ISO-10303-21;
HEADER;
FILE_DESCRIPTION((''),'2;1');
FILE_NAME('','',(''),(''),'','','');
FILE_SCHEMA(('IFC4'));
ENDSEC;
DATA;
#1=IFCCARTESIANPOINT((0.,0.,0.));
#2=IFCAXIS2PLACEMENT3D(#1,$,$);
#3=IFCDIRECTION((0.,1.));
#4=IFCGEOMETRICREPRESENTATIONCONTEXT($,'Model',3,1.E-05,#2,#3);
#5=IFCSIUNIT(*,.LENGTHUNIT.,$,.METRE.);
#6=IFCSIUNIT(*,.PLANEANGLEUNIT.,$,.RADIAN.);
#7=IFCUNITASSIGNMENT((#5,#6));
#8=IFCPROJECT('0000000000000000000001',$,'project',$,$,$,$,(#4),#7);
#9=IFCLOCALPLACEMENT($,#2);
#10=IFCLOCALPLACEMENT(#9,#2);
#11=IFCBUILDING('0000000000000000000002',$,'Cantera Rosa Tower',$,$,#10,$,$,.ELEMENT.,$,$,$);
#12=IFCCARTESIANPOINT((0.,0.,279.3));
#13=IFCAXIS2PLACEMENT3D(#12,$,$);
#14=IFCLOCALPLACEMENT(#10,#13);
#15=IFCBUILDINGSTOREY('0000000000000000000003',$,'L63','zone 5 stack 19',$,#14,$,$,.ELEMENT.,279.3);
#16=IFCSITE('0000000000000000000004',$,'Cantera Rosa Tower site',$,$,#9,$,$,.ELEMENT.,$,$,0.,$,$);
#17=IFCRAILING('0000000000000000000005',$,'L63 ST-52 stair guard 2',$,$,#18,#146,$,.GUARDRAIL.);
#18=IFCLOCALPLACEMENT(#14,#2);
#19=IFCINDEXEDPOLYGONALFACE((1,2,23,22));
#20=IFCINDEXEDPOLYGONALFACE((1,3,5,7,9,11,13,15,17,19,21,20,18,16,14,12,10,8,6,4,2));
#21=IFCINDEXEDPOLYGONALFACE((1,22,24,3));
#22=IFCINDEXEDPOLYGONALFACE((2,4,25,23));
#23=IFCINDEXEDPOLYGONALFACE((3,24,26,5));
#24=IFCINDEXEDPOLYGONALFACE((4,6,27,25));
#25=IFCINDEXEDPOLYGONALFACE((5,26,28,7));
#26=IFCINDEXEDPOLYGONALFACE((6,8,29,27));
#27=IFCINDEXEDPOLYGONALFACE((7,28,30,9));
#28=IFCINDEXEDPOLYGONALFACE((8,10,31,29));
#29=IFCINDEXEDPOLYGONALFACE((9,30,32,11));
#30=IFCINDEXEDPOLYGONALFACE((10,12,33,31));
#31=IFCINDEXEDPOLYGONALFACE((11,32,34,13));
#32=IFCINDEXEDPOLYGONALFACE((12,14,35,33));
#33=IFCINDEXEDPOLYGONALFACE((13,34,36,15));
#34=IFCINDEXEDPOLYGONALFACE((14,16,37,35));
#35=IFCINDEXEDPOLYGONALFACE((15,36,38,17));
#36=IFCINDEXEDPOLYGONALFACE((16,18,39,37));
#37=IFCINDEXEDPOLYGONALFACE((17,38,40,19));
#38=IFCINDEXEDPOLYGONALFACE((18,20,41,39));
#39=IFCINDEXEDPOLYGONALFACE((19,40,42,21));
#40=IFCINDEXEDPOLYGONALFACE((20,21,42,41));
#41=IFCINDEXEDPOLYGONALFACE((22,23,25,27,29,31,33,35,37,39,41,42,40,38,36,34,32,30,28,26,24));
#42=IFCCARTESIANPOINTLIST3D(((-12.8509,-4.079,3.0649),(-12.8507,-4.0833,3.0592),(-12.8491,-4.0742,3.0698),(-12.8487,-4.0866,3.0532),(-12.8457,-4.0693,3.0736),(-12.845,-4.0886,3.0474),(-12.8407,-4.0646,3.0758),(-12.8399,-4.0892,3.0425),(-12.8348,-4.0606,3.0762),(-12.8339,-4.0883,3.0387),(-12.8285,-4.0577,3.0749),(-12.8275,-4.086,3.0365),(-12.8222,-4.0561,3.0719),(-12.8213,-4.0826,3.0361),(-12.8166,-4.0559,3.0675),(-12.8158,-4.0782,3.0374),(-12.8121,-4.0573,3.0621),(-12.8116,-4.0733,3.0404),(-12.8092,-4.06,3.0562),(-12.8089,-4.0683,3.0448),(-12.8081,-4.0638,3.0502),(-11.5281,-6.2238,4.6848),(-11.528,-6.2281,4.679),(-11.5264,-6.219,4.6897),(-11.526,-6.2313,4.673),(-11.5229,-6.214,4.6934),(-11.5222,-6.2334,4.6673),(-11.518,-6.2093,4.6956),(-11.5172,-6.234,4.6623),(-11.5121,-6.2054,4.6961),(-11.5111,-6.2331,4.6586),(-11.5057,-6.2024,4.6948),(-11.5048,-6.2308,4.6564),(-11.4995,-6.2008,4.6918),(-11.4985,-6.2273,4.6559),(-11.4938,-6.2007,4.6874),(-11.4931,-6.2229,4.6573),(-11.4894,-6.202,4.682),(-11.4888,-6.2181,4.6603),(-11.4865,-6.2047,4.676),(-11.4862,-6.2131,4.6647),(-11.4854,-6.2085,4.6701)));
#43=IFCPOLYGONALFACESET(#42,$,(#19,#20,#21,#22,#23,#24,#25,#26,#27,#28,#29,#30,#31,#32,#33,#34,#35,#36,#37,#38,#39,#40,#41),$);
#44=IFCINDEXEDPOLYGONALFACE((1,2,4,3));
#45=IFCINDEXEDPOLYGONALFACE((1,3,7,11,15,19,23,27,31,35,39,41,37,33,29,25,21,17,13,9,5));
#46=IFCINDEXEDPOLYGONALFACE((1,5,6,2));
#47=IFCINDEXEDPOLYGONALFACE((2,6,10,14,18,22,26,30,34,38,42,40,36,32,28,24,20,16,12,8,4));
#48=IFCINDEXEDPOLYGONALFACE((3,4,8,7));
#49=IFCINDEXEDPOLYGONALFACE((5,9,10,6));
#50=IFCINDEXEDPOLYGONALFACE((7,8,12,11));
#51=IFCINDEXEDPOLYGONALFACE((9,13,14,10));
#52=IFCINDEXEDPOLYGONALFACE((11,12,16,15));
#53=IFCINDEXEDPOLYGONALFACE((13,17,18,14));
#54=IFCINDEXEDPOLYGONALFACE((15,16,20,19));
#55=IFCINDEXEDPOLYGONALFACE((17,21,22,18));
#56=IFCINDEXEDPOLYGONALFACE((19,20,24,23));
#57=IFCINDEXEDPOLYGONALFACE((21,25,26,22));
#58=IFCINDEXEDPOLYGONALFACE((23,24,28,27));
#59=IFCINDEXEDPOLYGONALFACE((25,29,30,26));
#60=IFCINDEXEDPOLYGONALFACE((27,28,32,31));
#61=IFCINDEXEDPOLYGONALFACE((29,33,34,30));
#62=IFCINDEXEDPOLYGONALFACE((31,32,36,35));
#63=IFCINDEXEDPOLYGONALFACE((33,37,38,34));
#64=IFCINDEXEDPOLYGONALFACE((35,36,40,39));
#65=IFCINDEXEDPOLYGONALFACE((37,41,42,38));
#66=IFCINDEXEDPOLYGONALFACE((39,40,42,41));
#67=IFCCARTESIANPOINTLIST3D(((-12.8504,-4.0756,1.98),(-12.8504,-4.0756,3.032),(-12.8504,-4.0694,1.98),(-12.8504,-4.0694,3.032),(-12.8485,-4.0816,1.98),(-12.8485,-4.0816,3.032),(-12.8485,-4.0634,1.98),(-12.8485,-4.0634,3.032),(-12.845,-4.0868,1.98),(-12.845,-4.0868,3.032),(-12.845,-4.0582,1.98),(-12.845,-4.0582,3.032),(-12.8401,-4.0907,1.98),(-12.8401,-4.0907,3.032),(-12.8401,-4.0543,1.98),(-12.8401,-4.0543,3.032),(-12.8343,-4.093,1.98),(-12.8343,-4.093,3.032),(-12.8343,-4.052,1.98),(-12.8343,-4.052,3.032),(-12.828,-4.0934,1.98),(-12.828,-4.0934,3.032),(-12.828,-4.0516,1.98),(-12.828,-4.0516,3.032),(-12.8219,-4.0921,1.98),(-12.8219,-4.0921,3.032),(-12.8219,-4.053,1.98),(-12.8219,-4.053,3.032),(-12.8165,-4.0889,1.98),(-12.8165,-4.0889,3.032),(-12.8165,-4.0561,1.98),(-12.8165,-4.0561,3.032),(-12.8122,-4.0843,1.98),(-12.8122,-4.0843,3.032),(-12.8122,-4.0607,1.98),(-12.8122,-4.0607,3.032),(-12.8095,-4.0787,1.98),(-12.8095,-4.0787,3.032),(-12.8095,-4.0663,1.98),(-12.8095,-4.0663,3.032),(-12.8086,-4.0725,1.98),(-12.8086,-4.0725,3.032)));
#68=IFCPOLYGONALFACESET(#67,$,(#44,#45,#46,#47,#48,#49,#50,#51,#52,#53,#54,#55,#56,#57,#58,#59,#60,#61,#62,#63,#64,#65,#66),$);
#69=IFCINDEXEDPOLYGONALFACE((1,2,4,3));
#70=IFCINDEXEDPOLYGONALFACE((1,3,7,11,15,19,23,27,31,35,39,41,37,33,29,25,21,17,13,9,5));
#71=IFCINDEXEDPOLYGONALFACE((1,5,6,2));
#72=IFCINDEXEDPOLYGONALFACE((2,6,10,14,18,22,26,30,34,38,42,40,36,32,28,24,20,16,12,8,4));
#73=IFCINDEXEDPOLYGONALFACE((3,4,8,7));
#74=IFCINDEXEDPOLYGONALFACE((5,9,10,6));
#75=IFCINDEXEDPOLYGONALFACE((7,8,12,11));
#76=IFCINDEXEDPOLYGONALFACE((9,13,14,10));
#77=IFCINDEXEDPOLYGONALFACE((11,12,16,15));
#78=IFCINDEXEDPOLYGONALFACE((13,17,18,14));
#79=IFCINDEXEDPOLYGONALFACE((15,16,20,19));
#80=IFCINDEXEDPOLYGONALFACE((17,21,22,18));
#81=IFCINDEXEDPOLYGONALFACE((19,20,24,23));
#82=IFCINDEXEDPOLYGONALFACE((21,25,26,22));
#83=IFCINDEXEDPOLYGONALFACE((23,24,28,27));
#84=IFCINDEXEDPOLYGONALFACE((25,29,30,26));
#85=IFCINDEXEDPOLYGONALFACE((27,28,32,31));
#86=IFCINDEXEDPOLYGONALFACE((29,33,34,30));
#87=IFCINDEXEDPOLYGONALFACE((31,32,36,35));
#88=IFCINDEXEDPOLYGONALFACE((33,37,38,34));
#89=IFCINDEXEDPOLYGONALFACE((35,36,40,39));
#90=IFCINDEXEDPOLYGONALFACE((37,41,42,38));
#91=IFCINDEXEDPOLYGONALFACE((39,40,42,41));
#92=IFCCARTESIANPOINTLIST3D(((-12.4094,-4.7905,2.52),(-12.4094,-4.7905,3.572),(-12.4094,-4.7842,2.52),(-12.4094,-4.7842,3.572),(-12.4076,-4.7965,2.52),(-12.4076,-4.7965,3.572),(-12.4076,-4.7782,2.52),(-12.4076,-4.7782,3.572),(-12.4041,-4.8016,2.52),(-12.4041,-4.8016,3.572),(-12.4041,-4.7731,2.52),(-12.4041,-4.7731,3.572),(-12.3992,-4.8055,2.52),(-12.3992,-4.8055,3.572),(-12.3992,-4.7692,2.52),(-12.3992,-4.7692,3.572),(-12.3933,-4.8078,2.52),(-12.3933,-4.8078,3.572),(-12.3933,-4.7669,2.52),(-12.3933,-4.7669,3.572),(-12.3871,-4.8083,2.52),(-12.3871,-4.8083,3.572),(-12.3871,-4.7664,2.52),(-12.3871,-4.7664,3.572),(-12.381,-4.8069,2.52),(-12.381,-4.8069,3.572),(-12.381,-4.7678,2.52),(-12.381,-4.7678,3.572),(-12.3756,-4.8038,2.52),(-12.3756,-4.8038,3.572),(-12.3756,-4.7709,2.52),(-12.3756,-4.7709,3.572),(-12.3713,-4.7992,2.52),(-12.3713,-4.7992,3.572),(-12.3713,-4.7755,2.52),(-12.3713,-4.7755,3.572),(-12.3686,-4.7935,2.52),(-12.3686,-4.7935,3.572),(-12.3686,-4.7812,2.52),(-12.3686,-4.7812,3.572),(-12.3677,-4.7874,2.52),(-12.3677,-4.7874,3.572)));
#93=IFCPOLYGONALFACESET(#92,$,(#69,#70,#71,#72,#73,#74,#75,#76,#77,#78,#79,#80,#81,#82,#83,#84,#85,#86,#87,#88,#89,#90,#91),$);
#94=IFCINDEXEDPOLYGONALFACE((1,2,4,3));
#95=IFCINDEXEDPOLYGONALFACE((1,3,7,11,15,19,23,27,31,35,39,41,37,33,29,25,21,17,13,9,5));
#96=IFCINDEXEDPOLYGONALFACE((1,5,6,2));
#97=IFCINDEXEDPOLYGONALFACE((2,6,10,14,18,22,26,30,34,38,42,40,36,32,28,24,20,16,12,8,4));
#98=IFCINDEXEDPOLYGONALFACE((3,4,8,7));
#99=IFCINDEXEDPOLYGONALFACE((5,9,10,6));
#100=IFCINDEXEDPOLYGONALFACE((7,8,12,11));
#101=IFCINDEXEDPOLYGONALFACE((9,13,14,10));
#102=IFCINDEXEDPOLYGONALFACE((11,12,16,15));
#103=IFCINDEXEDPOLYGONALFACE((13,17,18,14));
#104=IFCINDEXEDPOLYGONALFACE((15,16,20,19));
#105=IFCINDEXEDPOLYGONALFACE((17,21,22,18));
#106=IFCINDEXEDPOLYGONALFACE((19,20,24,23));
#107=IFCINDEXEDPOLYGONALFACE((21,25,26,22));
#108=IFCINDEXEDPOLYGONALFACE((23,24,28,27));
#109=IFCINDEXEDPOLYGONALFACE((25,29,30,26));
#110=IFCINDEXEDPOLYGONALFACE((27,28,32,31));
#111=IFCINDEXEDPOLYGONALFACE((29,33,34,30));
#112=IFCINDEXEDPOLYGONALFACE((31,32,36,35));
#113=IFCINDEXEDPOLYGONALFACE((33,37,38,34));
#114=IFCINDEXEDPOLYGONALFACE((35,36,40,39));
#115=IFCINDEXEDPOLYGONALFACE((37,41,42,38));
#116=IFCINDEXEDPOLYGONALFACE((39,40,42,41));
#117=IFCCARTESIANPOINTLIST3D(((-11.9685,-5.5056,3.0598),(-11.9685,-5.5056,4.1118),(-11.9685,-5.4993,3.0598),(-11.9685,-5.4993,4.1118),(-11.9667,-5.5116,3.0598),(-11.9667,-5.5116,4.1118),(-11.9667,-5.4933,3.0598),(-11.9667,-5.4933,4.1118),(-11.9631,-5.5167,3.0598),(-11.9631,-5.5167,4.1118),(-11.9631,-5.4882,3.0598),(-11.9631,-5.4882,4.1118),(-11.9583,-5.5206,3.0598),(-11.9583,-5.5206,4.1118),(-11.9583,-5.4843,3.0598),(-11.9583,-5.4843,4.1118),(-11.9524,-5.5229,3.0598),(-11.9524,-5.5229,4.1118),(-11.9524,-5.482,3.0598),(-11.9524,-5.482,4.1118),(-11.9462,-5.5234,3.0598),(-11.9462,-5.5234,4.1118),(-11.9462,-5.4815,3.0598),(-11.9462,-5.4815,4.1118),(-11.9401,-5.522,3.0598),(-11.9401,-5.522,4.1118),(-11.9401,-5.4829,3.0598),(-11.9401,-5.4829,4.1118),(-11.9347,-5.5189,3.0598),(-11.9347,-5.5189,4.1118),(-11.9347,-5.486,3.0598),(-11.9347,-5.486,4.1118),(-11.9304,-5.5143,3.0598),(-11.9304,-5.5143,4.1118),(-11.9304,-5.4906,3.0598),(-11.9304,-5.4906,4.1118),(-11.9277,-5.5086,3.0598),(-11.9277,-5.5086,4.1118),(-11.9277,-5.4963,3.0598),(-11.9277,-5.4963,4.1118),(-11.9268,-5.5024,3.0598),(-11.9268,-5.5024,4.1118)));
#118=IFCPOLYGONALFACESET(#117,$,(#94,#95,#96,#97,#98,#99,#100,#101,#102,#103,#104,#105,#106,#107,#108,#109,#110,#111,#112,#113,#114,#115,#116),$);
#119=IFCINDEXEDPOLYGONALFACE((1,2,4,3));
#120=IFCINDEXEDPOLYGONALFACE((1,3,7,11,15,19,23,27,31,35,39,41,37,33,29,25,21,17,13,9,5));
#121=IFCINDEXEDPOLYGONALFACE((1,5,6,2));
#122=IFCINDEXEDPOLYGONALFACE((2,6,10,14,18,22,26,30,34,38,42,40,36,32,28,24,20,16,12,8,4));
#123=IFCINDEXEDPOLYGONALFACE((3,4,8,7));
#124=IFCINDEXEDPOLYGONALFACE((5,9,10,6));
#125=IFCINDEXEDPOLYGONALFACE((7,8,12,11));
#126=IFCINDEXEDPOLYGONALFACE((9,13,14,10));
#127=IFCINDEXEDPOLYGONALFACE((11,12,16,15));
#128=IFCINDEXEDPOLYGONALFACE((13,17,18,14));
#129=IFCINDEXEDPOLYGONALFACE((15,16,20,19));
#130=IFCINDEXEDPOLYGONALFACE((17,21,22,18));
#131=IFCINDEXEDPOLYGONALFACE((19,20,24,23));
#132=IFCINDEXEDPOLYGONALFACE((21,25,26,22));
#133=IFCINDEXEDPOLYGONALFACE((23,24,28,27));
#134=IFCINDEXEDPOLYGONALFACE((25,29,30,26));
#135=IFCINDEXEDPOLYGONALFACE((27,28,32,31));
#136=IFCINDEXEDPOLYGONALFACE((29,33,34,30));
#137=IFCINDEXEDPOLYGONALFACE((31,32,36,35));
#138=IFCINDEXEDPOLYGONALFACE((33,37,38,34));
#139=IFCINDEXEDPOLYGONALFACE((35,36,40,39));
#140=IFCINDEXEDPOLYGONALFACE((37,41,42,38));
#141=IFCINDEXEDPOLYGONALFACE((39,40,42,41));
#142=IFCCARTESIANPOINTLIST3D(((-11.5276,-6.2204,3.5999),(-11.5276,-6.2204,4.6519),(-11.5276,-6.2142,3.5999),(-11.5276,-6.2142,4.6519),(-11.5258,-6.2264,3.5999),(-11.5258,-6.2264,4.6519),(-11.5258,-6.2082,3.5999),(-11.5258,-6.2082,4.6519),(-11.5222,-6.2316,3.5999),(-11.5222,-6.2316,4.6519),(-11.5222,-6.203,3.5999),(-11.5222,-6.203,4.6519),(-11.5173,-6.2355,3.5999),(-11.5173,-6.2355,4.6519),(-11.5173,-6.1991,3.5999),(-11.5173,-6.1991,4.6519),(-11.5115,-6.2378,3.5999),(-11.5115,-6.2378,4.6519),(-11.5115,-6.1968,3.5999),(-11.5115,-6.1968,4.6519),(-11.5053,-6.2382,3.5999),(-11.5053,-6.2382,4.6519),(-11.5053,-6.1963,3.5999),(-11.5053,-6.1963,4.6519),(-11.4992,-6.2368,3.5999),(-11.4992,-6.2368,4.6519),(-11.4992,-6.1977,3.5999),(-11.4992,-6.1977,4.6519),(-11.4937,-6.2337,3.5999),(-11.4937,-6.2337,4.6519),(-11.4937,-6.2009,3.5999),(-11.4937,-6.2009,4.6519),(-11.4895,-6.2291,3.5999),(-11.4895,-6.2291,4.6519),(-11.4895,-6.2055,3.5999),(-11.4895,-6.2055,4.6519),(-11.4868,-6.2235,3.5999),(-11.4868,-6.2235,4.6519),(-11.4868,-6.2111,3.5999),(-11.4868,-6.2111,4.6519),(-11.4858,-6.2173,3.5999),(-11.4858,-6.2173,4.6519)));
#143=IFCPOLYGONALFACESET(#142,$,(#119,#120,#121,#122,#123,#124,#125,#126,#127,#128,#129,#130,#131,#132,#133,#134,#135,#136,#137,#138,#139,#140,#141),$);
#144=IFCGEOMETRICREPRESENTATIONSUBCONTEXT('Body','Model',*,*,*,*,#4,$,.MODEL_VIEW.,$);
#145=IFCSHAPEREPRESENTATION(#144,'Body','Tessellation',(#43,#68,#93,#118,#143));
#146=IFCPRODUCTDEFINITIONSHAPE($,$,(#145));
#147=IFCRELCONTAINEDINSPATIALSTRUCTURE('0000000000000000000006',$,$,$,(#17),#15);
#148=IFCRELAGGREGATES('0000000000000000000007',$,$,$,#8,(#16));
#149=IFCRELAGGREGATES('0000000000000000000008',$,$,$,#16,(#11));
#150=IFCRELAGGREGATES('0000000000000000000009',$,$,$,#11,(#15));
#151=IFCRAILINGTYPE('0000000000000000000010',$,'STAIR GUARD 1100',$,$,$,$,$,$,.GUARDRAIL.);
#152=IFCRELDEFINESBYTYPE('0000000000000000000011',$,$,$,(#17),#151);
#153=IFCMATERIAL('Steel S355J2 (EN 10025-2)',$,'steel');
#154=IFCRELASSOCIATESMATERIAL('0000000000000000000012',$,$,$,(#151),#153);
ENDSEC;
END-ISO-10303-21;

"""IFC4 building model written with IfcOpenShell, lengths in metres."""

from ifc_helpers import new_model, si_unit, direction, frame, origin, origin_2d, place, context, subcontext, project, spatial, circle, extrude, material, type_object, element, save


model = new_model("IFC4")

# Units and contexts
model_context = context("Model", 3, precision=1e-05, world=origin(), true_north=direction((0.0, 1.0)))
body_context = subcontext(model_context, "Body", "Model", "MODEL_VIEW")
ifc_project = project(units=[si_unit("LENGTHUNIT", "METRE"), si_unit("PLANEANGLEUNIT", "RADIAN")], contexts=[model_context])

# Site, building, storey
site_placement = place(None, origin())
site = spatial("IfcSite", under=ifc_project, at=site_placement, Name="Cantera Rosa Tower site", CompositionType="ELEMENT", RefElevation=0.0)
building_placement = place(site_placement, origin())
building = spatial("IfcBuilding", under=site, at=building_placement, Name="Cantera Rosa Tower", CompositionType="ELEMENT")
storey_placement = place(building_placement, frame((0.0, 0.0, 279.3)))
storey = spatial("IfcBuildingStorey", under=building, at=storey_placement, Name="L63", Description="zone 5 stack 19", CompositionType="ELEMENT", Elevation=279.3)

# Railing
ifc_material_1 = material(Name="Steel S355J2 (EN 10025-2)", Category="steel")
railing_type_1 = type_object("IfcRailingType", Name="STAIR GUARD 1100", PredefinedType="GUARDRAIL", material=ifc_material_1)
railing_1_placement = place(storey_placement, frame((-12.8296, -4.0725, 1.98)))
element("IfcRailing", 1, at=railing_1_placement, inside=storey, type_object=railing_type_1, Name="L63 ST-52 stair guard 2", PredefinedType="GUARDRAIL", context=body_context, shape_type="SweptSolid", body=[
    extrude(circle(Radius=0.0239, at=origin_2d()), frame((0.0, 0.0, 1.0762), z_axis=(0.441563, -0.715971, 0.540748), x_axis=(0.851146, 0.52493, 0.0)), (0.0, 0.0, 1.0), 2.9956),
    extrude(circle(Radius=0.021, at=origin_2d()), origin(), (0.0, 0.0, 1.0), 1.052),
    extrude(circle(Radius=0.021, at=origin_2d()), frame((0.4409, -0.7148, 0.54)), (0.0, 0.0, 1.0), 1.052),
    extrude(circle(Radius=0.021, at=origin_2d()), frame((0.8818, -1.4299, 1.0798)), (0.0, 0.0, 1.0), 1.052),
    extrude(circle(Radius=0.021, at=origin_2d()), frame((1.3228, -2.1448, 1.6199)), (0.0, 0.0, 1.0), 1.052),
])

save(model, "model.ifc")
